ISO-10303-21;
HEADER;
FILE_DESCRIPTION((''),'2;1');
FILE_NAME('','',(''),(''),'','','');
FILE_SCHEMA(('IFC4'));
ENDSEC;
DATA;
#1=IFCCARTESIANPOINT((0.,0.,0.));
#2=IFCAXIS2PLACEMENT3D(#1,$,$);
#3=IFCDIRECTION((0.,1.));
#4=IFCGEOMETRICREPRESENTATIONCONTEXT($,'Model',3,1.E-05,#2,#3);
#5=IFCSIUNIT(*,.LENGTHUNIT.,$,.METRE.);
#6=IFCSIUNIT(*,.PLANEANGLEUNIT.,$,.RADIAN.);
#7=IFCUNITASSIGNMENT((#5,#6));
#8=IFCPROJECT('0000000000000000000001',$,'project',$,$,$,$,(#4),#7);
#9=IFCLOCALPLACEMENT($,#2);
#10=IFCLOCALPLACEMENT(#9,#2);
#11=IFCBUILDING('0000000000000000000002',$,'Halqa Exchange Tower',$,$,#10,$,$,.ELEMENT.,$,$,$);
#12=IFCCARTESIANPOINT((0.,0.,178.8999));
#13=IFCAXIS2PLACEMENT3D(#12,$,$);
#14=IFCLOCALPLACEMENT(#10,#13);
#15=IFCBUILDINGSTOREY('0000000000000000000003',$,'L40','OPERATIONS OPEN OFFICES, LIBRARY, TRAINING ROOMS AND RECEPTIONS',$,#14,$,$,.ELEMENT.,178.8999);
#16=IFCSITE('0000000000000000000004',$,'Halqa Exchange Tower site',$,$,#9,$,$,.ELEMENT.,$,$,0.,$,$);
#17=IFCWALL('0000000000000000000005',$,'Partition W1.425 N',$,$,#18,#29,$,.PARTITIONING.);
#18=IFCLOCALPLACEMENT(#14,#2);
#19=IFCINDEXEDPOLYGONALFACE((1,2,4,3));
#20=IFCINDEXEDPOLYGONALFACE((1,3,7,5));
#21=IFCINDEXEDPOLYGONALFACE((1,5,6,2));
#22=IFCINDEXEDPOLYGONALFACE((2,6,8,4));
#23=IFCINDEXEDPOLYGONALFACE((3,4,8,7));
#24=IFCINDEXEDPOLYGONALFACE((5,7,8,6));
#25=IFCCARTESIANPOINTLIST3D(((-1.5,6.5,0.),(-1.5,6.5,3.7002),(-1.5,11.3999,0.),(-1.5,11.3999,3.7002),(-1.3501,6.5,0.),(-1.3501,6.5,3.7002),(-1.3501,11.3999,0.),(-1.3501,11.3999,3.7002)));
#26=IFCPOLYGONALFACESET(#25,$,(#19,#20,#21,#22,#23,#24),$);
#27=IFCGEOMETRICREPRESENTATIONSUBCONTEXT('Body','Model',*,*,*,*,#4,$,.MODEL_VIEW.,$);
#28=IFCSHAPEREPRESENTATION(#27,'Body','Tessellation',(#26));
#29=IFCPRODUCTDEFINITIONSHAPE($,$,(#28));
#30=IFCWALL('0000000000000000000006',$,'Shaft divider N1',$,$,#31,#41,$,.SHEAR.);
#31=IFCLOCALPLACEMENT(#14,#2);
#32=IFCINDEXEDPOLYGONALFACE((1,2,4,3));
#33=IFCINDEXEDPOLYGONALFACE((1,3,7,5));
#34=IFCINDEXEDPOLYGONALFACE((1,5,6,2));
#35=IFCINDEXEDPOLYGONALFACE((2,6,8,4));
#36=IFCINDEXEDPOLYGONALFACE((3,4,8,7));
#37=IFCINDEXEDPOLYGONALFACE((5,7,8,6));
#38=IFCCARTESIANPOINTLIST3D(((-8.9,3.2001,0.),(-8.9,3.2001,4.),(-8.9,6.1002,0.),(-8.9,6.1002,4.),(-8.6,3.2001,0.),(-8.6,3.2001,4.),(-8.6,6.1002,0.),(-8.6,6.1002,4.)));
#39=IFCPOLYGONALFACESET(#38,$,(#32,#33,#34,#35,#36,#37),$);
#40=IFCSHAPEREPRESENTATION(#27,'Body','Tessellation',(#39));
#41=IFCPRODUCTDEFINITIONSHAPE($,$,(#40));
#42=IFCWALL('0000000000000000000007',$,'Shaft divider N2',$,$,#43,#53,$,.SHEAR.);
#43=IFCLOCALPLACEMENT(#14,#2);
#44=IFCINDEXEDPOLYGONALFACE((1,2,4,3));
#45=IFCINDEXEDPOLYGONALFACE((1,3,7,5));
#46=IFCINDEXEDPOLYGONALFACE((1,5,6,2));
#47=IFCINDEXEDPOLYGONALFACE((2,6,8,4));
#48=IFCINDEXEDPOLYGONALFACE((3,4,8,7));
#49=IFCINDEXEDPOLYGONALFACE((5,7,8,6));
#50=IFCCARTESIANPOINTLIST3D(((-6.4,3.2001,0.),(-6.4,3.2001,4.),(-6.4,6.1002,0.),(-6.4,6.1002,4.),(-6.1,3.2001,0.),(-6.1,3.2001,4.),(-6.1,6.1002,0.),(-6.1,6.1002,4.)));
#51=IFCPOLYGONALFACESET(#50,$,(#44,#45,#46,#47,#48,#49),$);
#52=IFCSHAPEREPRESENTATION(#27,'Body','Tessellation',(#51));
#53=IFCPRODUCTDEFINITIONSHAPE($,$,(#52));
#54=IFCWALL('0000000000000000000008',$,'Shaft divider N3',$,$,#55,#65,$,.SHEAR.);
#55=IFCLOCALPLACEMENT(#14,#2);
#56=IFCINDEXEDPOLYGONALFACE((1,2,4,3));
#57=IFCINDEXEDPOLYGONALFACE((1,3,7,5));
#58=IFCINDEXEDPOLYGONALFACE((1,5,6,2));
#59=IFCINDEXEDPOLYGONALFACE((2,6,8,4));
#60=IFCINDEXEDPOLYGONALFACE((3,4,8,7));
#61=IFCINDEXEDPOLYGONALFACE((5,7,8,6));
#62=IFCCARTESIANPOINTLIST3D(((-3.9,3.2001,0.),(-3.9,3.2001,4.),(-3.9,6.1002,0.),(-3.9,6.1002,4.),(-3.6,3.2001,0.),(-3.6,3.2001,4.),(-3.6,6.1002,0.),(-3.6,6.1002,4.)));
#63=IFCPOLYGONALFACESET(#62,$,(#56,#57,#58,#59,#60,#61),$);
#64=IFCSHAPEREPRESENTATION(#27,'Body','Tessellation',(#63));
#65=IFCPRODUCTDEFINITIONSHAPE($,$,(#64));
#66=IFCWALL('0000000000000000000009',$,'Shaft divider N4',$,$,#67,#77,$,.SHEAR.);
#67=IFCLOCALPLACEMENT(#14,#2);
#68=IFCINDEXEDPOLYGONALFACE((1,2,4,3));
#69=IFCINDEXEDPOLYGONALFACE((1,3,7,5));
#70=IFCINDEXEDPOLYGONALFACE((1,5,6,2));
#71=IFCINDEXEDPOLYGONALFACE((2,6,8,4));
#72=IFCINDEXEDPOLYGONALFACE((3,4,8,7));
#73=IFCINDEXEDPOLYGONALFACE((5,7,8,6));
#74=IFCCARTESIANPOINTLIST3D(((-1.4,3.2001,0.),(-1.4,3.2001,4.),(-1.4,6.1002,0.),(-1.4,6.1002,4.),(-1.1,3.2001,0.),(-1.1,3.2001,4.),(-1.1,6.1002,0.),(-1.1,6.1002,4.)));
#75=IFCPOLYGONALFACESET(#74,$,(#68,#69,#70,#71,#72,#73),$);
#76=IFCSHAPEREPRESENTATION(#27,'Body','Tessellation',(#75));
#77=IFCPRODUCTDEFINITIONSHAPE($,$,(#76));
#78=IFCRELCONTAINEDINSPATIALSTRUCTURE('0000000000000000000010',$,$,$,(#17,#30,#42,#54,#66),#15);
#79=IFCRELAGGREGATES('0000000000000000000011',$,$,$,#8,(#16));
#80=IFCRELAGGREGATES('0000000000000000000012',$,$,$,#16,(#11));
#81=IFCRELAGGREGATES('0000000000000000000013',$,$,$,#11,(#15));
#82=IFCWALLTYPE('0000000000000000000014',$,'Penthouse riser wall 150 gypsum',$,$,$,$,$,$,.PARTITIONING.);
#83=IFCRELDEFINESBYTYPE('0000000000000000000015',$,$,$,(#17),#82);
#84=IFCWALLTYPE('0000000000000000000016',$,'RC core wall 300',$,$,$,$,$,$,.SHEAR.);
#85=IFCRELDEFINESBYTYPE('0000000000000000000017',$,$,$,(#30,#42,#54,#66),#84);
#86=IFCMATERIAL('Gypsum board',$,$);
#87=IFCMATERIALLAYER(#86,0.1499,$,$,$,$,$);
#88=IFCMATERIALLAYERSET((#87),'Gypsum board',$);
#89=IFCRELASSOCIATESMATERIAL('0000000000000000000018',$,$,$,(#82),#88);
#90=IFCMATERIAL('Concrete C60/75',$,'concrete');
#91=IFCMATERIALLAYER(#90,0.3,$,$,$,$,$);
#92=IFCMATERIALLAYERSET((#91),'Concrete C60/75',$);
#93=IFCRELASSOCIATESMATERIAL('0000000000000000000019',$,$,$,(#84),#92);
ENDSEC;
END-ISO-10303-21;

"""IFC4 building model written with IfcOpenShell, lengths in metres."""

from ifc_helpers import new_model, si_unit, direction, frame, frame_2d, origin, place, context, subcontext, project, spatial, rectangle, extrude, material, layer, layer_set, type_object, element, save


model = new_model("IFC4")

# Units and contexts
model_context = context("Model", 3, precision=1e-05, world=origin(), true_north=direction((0.0, 1.0)))
body_context = subcontext(model_context, "Body", "Model", "MODEL_VIEW")
ifc_project = project(units=[si_unit("LENGTHUNIT", "METRE"), si_unit("PLANEANGLEUNIT", "RADIAN")], contexts=[model_context])

# Site, building, storey
site_placement = place(None, origin())
site = spatial("IfcSite", under=ifc_project, at=site_placement, Name="Halqa Exchange Tower site", CompositionType="ELEMENT", RefElevation=0.0)
building_placement = place(site_placement, origin())
building = spatial("IfcBuilding", under=site, at=building_placement, Name="Halqa Exchange Tower", CompositionType="ELEMENT")
storey_placement = place(building_placement, frame((0.0, 0.0, 178.8999)))
storey = spatial("IfcBuildingStorey", under=building, at=storey_placement, Name="L40", Description="OPERATIONS OPEN OFFICES, LIBRARY, TRAINING ROOMS AND RECEPTIONS", CompositionType="ELEMENT", Elevation=178.8999)

# Walls
ifc_material_1 = material(Name="Gypsum board")
ifc_layer_1 = layer(ifc_material_1, 0.1499)
ifc_layer_set_1 = layer_set([ifc_layer_1], Name="Gypsum board")
wall_type_1 = type_object("IfcWallType", Name="Penthouse riser wall 150 gypsum", PredefinedType="PARTITIONING", material=ifc_layer_set_1)
wall_1_placement = place(storey_placement, frame((-1.425, 6.5, 0.0), z_axis=(0.0, 0.0, 1.0), x_axis=(0.0, 1.0, 0.0)))
element("IfcWall", 1, at=wall_1_placement, inside=storey, type_object=wall_type_1, Name="Partition W1.425 N", PredefinedType="PARTITIONING", context=body_context, shape_type="SweptSolid", body=[
    extrude(rectangle(XDim=4.8999, YDim=0.1499, at=frame_2d((2.45, 0.0))), origin(), (0.0, 0.0, 1.0), 3.7002),
])
ifc_material_2 = material(Name="Concrete C60/75", Category="concrete")
ifc_layer_2 = layer(ifc_material_2, 0.3)
ifc_layer_set_2 = layer_set([ifc_layer_2], Name="Concrete C60/75")
wall_type_2 = type_object("IfcWallType", Name="RC core wall 300", PredefinedType="SHEAR", material=ifc_layer_set_2)
for number, where, z_axis, x_axis, name in (
    (2, (-8.75, 3.2, 0.0), (0.0, 0.0, 1.0), (0.0, 1.0, 0.0), "Shaft divider N1"),
    (3, (-6.25, 3.2, 0.0), (0.0, 0.0, 1.0), (0.0, 1.0, 0.0), "Shaft divider N2"),
    (4, (-3.75, 3.2, 0.0), (0.0, 0.0, 1.0), (0.0, 1.0, 0.0), "Shaft divider N3"),
    (5, (-1.25, 3.2, 0.0), (0.0, 0.0, 1.0), (0.0, 1.0, 0.0), "Shaft divider N4"),
):
    element("IfcWall", number, at=place(storey_placement, frame(where, z_axis=z_axis, x_axis=x_axis)), inside=storey, type_object=wall_type_2, Name=name, PredefinedType="SHEAR", context=body_context, shape_type="SweptSolid", body=[
        extrude(rectangle(XDim=2.9001, YDim=0.3, at=frame_2d((1.4502, 0.0))), origin(), (0.0, 0.0, 1.0), 4.0),
    ])

save(model, "model.ifc")
